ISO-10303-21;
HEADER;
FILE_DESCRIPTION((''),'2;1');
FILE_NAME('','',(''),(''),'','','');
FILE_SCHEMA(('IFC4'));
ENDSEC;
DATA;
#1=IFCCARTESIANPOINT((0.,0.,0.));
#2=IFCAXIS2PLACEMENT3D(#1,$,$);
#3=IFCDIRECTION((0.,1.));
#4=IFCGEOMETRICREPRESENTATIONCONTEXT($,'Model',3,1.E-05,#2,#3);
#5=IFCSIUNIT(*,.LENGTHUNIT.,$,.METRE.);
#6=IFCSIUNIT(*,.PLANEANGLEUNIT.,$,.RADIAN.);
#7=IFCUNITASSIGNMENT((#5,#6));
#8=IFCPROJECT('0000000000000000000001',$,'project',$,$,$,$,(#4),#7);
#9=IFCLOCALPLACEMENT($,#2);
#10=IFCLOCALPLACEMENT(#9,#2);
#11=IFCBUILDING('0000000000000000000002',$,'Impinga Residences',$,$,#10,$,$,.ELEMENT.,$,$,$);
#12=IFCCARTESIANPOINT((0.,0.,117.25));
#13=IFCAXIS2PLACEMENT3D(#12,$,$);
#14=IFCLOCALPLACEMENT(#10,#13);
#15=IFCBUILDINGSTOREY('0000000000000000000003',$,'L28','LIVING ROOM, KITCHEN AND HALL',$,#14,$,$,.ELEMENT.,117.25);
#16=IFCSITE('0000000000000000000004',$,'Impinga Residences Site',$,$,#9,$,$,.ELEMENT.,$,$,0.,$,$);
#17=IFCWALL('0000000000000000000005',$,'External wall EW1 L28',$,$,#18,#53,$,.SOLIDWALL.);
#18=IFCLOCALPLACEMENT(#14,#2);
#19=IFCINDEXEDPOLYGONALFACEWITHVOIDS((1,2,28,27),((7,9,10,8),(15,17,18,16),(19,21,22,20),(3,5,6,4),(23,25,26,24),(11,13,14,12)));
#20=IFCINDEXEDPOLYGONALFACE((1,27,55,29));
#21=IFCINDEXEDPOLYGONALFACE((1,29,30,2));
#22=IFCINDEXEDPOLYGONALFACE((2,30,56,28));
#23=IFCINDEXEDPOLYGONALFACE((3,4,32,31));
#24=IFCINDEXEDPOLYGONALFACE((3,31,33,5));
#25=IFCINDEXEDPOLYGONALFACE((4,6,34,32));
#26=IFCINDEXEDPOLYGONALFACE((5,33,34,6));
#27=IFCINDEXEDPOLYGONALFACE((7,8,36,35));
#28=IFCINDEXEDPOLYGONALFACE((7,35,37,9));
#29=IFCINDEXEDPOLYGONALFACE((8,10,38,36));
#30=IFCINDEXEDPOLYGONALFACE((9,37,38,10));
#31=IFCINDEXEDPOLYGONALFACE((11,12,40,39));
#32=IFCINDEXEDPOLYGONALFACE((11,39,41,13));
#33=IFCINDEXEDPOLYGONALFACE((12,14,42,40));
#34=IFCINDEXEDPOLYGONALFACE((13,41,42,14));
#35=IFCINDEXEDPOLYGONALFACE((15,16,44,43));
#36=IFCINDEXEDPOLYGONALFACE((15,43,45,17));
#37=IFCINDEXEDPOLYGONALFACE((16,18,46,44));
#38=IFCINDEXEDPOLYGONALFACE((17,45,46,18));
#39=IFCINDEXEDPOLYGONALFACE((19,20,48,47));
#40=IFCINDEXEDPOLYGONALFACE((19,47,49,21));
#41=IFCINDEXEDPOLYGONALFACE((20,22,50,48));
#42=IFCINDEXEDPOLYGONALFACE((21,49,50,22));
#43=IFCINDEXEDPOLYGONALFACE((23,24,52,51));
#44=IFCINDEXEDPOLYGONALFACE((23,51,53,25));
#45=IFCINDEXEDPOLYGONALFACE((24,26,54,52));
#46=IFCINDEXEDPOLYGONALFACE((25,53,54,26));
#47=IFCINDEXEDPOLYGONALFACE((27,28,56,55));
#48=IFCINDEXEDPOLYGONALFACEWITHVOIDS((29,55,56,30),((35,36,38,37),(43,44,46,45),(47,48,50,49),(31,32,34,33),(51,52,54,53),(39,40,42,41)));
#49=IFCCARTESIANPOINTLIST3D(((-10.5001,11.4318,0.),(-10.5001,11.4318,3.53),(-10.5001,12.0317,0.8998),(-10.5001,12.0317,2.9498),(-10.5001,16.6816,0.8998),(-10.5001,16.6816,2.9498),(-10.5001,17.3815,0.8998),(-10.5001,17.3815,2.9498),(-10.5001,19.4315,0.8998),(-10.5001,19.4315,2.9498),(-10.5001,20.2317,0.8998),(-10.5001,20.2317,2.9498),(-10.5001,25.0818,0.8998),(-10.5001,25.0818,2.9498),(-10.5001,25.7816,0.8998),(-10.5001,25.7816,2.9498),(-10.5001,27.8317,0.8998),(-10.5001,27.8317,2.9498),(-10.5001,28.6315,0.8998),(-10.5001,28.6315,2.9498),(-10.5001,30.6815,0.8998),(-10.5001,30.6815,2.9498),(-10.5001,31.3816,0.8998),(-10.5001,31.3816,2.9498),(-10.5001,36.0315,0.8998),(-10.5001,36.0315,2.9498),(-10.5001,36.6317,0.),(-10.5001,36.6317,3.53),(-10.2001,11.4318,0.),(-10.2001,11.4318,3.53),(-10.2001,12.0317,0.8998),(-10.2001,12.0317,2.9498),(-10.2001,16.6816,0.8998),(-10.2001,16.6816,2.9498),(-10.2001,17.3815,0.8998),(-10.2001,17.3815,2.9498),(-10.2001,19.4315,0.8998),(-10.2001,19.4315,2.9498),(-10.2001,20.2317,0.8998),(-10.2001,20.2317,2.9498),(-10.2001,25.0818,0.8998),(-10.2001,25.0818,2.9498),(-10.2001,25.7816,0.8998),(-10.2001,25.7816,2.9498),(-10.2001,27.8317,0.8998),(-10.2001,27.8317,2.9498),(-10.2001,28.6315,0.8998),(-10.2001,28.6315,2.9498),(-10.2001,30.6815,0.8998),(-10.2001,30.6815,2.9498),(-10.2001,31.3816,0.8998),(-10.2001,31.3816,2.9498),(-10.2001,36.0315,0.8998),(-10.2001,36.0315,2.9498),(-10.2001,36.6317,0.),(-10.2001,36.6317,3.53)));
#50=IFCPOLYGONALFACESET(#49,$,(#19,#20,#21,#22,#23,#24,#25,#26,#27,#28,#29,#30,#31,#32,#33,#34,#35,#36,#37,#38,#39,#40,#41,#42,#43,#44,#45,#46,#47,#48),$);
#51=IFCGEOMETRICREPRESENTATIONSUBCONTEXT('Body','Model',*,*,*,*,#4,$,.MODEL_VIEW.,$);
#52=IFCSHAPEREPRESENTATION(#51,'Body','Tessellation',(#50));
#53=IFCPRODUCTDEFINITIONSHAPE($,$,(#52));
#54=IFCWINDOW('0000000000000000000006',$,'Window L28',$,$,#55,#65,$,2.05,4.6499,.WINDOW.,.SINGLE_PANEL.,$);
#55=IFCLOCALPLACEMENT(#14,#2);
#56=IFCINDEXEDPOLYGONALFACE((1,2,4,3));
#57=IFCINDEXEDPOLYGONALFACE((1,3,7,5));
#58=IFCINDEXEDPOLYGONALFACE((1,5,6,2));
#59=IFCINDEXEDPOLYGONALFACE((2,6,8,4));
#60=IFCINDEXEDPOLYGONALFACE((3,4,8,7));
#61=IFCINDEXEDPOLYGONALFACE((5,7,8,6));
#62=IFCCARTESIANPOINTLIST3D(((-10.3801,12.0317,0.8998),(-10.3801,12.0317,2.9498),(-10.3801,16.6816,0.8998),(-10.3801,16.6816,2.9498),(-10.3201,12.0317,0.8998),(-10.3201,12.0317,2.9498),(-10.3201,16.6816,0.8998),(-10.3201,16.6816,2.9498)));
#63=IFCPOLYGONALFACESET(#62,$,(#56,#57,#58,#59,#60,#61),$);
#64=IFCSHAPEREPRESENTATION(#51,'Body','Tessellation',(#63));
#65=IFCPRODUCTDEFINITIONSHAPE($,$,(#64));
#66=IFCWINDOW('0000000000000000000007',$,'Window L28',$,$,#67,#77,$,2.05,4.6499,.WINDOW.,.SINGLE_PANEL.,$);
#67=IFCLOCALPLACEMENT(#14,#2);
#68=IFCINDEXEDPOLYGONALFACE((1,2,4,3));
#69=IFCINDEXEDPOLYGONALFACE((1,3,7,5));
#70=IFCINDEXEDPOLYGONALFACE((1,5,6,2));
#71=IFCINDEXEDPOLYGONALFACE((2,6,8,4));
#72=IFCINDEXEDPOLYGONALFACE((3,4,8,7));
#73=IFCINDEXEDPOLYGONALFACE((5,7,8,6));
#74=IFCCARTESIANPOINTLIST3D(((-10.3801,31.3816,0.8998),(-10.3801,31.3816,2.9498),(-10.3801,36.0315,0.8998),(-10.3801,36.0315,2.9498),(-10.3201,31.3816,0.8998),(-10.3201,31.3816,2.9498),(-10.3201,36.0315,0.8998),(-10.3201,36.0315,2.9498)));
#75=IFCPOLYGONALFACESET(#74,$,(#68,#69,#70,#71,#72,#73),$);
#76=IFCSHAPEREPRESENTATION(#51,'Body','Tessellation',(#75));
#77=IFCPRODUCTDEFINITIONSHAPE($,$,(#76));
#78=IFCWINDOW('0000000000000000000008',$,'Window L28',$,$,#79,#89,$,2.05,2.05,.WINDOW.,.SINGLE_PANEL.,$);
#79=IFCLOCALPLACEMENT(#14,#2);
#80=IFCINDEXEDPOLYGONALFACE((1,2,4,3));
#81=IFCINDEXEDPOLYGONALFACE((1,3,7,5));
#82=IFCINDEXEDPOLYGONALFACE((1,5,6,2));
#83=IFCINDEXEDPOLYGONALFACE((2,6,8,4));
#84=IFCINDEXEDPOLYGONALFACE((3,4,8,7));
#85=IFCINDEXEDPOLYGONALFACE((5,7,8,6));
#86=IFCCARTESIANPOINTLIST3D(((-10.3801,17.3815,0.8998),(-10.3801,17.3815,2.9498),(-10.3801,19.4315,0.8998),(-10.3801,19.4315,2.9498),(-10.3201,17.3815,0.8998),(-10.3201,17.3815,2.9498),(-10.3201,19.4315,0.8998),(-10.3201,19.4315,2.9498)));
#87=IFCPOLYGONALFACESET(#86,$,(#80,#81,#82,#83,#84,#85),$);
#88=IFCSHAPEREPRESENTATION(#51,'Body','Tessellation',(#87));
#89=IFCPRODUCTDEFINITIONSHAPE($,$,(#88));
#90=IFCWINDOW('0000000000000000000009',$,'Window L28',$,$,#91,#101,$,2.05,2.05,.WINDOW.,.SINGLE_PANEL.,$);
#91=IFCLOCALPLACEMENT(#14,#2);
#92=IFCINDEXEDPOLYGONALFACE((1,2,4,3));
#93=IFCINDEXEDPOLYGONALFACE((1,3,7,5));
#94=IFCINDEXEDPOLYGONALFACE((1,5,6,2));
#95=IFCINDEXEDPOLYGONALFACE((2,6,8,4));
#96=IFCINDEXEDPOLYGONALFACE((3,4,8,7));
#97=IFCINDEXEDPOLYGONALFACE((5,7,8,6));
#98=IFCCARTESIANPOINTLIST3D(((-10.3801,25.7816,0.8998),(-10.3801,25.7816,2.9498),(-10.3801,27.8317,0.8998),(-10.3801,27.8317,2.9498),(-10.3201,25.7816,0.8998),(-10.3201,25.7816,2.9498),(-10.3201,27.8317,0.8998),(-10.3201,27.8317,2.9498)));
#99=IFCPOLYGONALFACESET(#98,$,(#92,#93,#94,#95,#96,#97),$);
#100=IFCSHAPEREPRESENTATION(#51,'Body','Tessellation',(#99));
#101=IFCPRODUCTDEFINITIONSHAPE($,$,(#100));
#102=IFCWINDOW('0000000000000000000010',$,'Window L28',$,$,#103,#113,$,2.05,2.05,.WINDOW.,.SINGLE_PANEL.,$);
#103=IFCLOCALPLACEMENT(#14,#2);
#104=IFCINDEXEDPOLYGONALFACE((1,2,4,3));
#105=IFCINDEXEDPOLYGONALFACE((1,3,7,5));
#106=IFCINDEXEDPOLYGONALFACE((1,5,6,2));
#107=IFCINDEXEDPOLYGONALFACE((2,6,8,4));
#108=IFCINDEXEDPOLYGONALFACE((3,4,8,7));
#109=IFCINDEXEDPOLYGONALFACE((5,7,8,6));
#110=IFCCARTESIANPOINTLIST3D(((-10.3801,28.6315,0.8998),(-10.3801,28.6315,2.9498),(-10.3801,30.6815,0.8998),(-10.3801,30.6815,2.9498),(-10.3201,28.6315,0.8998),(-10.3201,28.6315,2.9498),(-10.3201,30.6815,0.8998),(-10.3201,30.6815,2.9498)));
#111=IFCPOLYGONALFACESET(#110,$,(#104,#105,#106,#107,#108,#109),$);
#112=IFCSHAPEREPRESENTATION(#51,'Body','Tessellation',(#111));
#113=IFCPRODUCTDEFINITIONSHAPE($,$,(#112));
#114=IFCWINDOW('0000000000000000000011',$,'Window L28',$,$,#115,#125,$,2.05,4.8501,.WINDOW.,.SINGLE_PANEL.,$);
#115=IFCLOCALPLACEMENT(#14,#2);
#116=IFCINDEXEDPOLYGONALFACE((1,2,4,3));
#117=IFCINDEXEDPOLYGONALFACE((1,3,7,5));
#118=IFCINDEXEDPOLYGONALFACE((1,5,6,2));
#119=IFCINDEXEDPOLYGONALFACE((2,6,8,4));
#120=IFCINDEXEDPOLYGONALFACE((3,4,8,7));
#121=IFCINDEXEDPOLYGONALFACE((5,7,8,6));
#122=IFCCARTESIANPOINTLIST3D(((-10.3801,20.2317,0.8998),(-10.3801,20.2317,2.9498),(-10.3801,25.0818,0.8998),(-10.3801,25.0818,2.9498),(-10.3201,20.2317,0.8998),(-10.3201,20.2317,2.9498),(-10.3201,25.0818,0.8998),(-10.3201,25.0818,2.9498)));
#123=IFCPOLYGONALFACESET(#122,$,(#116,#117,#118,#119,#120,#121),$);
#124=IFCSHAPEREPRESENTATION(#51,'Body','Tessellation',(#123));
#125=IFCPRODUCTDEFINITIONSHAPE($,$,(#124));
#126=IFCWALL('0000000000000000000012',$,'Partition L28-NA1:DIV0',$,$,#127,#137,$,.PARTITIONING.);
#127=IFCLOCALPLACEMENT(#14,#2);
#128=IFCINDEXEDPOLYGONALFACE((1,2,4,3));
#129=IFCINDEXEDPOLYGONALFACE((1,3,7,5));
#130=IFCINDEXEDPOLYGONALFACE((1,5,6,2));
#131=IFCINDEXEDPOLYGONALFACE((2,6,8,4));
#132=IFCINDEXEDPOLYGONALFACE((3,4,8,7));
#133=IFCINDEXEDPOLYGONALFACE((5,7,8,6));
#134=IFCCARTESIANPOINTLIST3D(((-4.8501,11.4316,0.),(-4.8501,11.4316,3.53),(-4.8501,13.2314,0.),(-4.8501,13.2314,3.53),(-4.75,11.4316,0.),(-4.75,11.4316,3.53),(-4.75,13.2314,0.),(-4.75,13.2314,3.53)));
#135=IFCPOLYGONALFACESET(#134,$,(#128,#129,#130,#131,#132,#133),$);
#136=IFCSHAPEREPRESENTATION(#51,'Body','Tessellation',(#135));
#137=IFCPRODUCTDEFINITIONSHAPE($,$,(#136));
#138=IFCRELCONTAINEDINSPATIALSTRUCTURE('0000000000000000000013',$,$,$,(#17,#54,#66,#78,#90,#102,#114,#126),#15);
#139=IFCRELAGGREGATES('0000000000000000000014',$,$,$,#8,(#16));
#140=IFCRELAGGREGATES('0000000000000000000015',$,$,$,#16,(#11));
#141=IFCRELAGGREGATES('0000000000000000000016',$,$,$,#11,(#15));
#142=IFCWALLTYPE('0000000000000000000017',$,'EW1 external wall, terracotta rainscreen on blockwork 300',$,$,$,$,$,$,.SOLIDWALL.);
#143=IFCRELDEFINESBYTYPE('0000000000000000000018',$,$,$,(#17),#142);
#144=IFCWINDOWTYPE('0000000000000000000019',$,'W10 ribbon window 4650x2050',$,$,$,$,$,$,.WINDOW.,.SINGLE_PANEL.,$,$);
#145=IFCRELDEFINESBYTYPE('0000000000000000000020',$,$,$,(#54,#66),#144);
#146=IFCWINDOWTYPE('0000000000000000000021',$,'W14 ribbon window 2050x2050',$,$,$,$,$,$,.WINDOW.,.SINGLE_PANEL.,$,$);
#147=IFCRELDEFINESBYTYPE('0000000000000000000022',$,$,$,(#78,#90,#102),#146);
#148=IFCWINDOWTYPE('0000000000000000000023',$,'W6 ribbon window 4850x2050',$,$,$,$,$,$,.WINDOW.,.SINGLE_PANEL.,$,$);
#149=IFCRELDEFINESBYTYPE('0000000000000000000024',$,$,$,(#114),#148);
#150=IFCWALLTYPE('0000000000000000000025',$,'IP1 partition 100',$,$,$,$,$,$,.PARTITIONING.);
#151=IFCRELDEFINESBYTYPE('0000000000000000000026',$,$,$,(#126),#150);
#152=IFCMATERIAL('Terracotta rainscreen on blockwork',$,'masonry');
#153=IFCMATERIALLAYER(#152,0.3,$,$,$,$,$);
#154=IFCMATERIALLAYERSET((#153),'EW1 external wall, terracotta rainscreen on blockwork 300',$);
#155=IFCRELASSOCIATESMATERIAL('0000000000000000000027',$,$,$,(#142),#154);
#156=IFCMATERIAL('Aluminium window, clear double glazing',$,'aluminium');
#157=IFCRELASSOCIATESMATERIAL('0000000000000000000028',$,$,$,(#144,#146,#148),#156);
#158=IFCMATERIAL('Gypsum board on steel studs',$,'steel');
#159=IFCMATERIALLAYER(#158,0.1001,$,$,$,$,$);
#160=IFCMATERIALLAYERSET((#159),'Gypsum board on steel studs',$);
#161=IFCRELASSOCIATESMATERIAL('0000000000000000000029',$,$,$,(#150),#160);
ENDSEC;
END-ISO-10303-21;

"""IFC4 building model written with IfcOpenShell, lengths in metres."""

from ifc_helpers import new_model, si_unit, direction, frame, frame_2d, origin, place, context, subcontext, project, spatial, rectangle, extrude, material, layer, layer_set, type_object, element, fill, save


model = new_model("IFC4")

# Units and contexts
model_context = context("Model", 3, precision=1e-05, world=origin(), true_north=direction((0.0, 1.0)))
body_context = subcontext(model_context, "Body", "Model", "MODEL_VIEW")
ifc_project = project(units=[si_unit("LENGTHUNIT", "METRE"), si_unit("PLANEANGLEUNIT", "RADIAN")], contexts=[model_context])

# Site, building, storey
site_placement = place(None, origin())
site = spatial("IfcSite", under=ifc_project, at=site_placement, Name="Impinga Residences Site", CompositionType="ELEMENT", RefElevation=0.0)
building_placement = place(site_placement, origin())
building = spatial("IfcBuilding", under=site, at=building_placement, Name="Impinga Residences", CompositionType="ELEMENT")
storey_placement = place(building_placement, frame((0.0, 0.0, 117.25)))
storey = spatial("IfcBuildingStorey", under=building, at=storey_placement, Name="L28", Description="LIVING ROOM, KITCHEN AND HALL", CompositionType="ELEMENT", Elevation=117.25)

# Shared definitions
ifc_material_1 = material(Name="Terracotta rainscreen on blockwork", Category="masonry")
ifc_layer_1 = layer(ifc_material_1, 0.3)
ifc_layer_set_1 = layer_set([ifc_layer_1], Name="EW1 external wall, terracotta rainscreen on blockwork 300")
wall_type_1 = type_object("IfcWallType", Name="EW1 external wall, terracotta rainscreen on blockwork 300", PredefinedType="SOLIDWALL", material=ifc_layer_set_1)

# Wall, openings, windows
wall_1_placement = place(storey_placement, frame((-10.3501, 11.4316, 0.0), z_axis=(0.0, 0.0, 1.0), x_axis=(0.0, 1.0, 0.0)))
wall_1 = element("IfcWall", 1, at=wall_1_placement, inside=storey, type_object=wall_type_1, Name="External wall EW1 L28", PredefinedType="SOLIDWALL", context=body_context, shape_type="SweptSolid", body=[
    extrude(rectangle(XDim=25.2, YDim=0.3, at=frame_2d((12.6001, 0.0))), origin(), (0.0, 0.0, 1.0), 3.53),
])
opening_1_placement = place(wall_1_placement, frame((0.6001, 0.0, 0.8999)))
opening_1 = element("IfcOpeningElement", 2, at=opening_1_placement, cuts=wall_1, PredefinedType="OPENING", context=body_context, shape_type="SweptSolid", body=[
    extrude(rectangle(XDim=4.6499, YDim=2.05, at=frame_2d((2.325, 1.0249))), frame((0.0, 0.1599, 0.0), z_axis=(0.0, -1.0, 0.0), x_axis=(1.0, 0.0, 0.0)), (0.0, 0.0, 1.0), 0.3201),
])
opening_2_placement = place(wall_1_placement, frame((5.95, 0.0, 0.8999)))
opening_2 = element("IfcOpeningElement", 3, at=opening_2_placement, cuts=wall_1, PredefinedType="OPENING", context=body_context, shape_type="SweptSolid", body=[
    extrude(rectangle(XDim=2.05, YDim=2.05, at=frame_2d((1.0249, 1.0249))), frame((0.0, 0.1599, 0.0), z_axis=(0.0, -1.0, 0.0), x_axis=(1.0, 0.0, 0.0)), (0.0, 0.0, 1.0), 0.3201),
])
opening_3_placement = place(wall_1_placement, frame((8.8, 0.0, 0.8999)))
opening_3 = element("IfcOpeningElement", 4, at=opening_3_placement, cuts=wall_1, PredefinedType="OPENING", context=body_context, shape_type="SweptSolid", body=[
    extrude(rectangle(XDim=4.8501, YDim=2.05, at=frame_2d((2.425, 1.0249))), frame((0.0, 0.1599, 0.0), z_axis=(0.0, -1.0, 0.0), x_axis=(1.0, 0.0, 0.0)), (0.0, 0.0, 1.0), 0.3201),
])
opening_4_placement = place(wall_1_placement, frame((14.3501, 0.0, 0.8999)))
opening_4 = element("IfcOpeningElement", 5, at=opening_4_placement, cuts=wall_1, PredefinedType="OPENING", context=body_context, shape_type="SweptSolid", body=[
    extrude(rectangle(XDim=2.05, YDim=2.05, at=frame_2d((1.0249, 1.0249))), frame((0.0, 0.1599, 0.0), z_axis=(0.0, -1.0, 0.0), x_axis=(1.0, 0.0, 0.0)), (0.0, 0.0, 1.0), 0.3201),
])
opening_5_placement = place(wall_1_placement, frame((17.2, 0.0, 0.8999)))
opening_5 = element("IfcOpeningElement", 6, at=opening_5_placement, cuts=wall_1, PredefinedType="OPENING", context=body_context, shape_type="SweptSolid", body=[
    extrude(rectangle(XDim=2.05, YDim=2.05, at=frame_2d((1.0249, 1.0249))), frame((0.0, 0.1599, 0.0), z_axis=(0.0, -1.0, 0.0), x_axis=(1.0, 0.0, 0.0)), (0.0, 0.0, 1.0), 0.3201),
])
opening_6_placement = place(wall_1_placement, frame((19.95, 0.0, 0.8999)))
opening_6 = element("IfcOpeningElement", 7, at=opening_6_placement, cuts=wall_1, PredefinedType="OPENING", context=body_context, shape_type="SweptSolid", body=[
    extrude(rectangle(XDim=4.6499, YDim=2.05, at=frame_2d((2.325, 1.0249))), frame((0.0, 0.1599, 0.0), z_axis=(0.0, -1.0, 0.0), x_axis=(1.0, 0.0, 0.0)), (0.0, 0.0, 1.0), 0.3201),
])
ifc_material_2 = material(Name="Aluminium window, clear double glazing", Category="aluminium")
window_type_1 = type_object("IfcWindowType", Name="W10 ribbon window 4650x2050", PartitioningType="SINGLE_PANEL", PredefinedType="WINDOW", material=ifc_material_2)
window_1_placement = place(opening_1_placement, origin())
window_1 = element("IfcWindow", 8, at=window_1_placement, inside=storey, type_object=window_type_1, Name="Window L28", OverallHeight=2.05, OverallWidth=4.6499, PartitioningType="SINGLE_PANEL", PredefinedType="WINDOW", context=body_context, shape_type="SweptSolid", body=[
    extrude(rectangle(XDim=4.6499, YDim=2.05, at=frame_2d((2.325, 1.0249))), frame((0.0, 0.03, 0.0), z_axis=(0.0, -1.0, 0.0), x_axis=(1.0, 0.0, 0.0)), (0.0, 0.0, 1.0), 0.0601),
])
fill(opening_1, window_1)
window_2_placement = place(opening_6_placement, origin())
window_2 = element("IfcWindow", 9, at=window_2_placement, inside=storey, type_object=window_type_1, Name="Window L28", OverallHeight=2.05, OverallWidth=4.6499, PartitioningType="SINGLE_PANEL", PredefinedType="WINDOW", context=body_context, shape_type="SweptSolid", body=[
    extrude(rectangle(XDim=4.6499, YDim=2.05, at=frame_2d((2.325, 1.0249))), frame((0.0, 0.03, 0.0), z_axis=(0.0, -1.0, 0.0), x_axis=(1.0, 0.0, 0.0)), (0.0, 0.0, 1.0), 0.0601),
])
fill(opening_6, window_2)
window_type_2 = type_object("IfcWindowType", Name="W14 ribbon window 2050x2050", PartitioningType="SINGLE_PANEL", PredefinedType="WINDOW", material=ifc_material_2)
window_3_placement = place(opening_2_placement, origin())
window_3 = element("IfcWindow", 10, at=window_3_placement, inside=storey, type_object=window_type_2, Name="Window L28", OverallHeight=2.05, OverallWidth=2.05, PartitioningType="SINGLE_PANEL", PredefinedType="WINDOW", context=body_context, shape_type="SweptSolid", body=[
    extrude(rectangle(XDim=2.05, YDim=2.05, at=frame_2d((1.0249, 1.0249))), frame((0.0, 0.03, 0.0), z_axis=(0.0, -1.0, 0.0), x_axis=(1.0, 0.0, 0.0)), (0.0, 0.0, 1.0), 0.0601),
])
fill(opening_2, window_3)
window_4_placement = place(opening_4_placement, origin())
window_4 = element("IfcWindow", 11, at=window_4_placement, inside=storey, type_object=window_type_2, Name="Window L28", OverallHeight=2.05, OverallWidth=2.05, PartitioningType="SINGLE_PANEL", PredefinedType="WINDOW", context=body_context, shape_type="SweptSolid", body=[
    extrude(rectangle(XDim=2.05, YDim=2.05, at=frame_2d((1.0249, 1.0249))), frame((0.0, 0.03, 0.0), z_axis=(0.0, -1.0, 0.0), x_axis=(1.0, 0.0, 0.0)), (0.0, 0.0, 1.0), 0.0601),
])
fill(opening_4, window_4)
window_5_placement = place(opening_5_placement, origin())
window_5 = element("IfcWindow", 12, at=window_5_placement, inside=storey, type_object=window_type_2, Name="Window L28", OverallHeight=2.05, OverallWidth=2.05, PartitioningType="SINGLE_PANEL", PredefinedType="WINDOW", context=body_context, shape_type="SweptSolid", body=[
    extrude(rectangle(XDim=2.05, YDim=2.05, at=frame_2d((1.0249, 1.0249))), frame((0.0, 0.03, 0.0), z_axis=(0.0, -1.0, 0.0), x_axis=(1.0, 0.0, 0.0)), (0.0, 0.0, 1.0), 0.0601),
])
fill(opening_5, window_5)
window_type_3 = type_object("IfcWindowType", Name="W6 ribbon window 4850x2050", PartitioningType="SINGLE_PANEL", PredefinedType="WINDOW", material=ifc_material_2)
window_6_placement = place(opening_3_placement, origin())
window_6 = element("IfcWindow", 13, at=window_6_placement, inside=storey, type_object=window_type_3, Name="Window L28", OverallHeight=2.05, OverallWidth=4.8501, PartitioningType="SINGLE_PANEL", PredefinedType="WINDOW", context=body_context, shape_type="SweptSolid", body=[
    extrude(rectangle(XDim=4.8501, YDim=2.05, at=frame_2d((2.425, 1.0249))), frame((0.0, 0.03, 0.0), z_axis=(0.0, -1.0, 0.0), x_axis=(1.0, 0.0, 0.0)), (0.0, 0.0, 1.0), 0.0601),
])
fill(opening_3, window_6)

# Wall
ifc_material_3 = material(Name="Gypsum board on steel studs", Category="steel")
ifc_layer_2 = layer(ifc_material_3, 0.1001)
ifc_layer_set_2 = layer_set([ifc_layer_2], Name="Gypsum board on steel studs")
wall_type_2 = type_object("IfcWallType", Name="IP1 partition 100", PredefinedType="PARTITIONING", material=ifc_layer_set_2)
wall_2_placement = place(storey_placement, frame((-4.8, 11.4316, 0.0), z_axis=(0.0, 0.0, 1.0), x_axis=(0.0, 1.0, 0.0)))
element("IfcWall", 14, at=wall_2_placement, inside=storey, type_object=wall_type_2, Name="Partition L28-NA1:DIV0", PredefinedType="PARTITIONING", context=body_context, shape_type="SweptSolid", body=[
    extrude(rectangle(XDim=1.7998, YDim=0.1001, at=frame_2d((0.8999, 0.0))), origin(), (0.0, 0.0, 1.0), 3.53),
])

save(model, "model.ifc")
